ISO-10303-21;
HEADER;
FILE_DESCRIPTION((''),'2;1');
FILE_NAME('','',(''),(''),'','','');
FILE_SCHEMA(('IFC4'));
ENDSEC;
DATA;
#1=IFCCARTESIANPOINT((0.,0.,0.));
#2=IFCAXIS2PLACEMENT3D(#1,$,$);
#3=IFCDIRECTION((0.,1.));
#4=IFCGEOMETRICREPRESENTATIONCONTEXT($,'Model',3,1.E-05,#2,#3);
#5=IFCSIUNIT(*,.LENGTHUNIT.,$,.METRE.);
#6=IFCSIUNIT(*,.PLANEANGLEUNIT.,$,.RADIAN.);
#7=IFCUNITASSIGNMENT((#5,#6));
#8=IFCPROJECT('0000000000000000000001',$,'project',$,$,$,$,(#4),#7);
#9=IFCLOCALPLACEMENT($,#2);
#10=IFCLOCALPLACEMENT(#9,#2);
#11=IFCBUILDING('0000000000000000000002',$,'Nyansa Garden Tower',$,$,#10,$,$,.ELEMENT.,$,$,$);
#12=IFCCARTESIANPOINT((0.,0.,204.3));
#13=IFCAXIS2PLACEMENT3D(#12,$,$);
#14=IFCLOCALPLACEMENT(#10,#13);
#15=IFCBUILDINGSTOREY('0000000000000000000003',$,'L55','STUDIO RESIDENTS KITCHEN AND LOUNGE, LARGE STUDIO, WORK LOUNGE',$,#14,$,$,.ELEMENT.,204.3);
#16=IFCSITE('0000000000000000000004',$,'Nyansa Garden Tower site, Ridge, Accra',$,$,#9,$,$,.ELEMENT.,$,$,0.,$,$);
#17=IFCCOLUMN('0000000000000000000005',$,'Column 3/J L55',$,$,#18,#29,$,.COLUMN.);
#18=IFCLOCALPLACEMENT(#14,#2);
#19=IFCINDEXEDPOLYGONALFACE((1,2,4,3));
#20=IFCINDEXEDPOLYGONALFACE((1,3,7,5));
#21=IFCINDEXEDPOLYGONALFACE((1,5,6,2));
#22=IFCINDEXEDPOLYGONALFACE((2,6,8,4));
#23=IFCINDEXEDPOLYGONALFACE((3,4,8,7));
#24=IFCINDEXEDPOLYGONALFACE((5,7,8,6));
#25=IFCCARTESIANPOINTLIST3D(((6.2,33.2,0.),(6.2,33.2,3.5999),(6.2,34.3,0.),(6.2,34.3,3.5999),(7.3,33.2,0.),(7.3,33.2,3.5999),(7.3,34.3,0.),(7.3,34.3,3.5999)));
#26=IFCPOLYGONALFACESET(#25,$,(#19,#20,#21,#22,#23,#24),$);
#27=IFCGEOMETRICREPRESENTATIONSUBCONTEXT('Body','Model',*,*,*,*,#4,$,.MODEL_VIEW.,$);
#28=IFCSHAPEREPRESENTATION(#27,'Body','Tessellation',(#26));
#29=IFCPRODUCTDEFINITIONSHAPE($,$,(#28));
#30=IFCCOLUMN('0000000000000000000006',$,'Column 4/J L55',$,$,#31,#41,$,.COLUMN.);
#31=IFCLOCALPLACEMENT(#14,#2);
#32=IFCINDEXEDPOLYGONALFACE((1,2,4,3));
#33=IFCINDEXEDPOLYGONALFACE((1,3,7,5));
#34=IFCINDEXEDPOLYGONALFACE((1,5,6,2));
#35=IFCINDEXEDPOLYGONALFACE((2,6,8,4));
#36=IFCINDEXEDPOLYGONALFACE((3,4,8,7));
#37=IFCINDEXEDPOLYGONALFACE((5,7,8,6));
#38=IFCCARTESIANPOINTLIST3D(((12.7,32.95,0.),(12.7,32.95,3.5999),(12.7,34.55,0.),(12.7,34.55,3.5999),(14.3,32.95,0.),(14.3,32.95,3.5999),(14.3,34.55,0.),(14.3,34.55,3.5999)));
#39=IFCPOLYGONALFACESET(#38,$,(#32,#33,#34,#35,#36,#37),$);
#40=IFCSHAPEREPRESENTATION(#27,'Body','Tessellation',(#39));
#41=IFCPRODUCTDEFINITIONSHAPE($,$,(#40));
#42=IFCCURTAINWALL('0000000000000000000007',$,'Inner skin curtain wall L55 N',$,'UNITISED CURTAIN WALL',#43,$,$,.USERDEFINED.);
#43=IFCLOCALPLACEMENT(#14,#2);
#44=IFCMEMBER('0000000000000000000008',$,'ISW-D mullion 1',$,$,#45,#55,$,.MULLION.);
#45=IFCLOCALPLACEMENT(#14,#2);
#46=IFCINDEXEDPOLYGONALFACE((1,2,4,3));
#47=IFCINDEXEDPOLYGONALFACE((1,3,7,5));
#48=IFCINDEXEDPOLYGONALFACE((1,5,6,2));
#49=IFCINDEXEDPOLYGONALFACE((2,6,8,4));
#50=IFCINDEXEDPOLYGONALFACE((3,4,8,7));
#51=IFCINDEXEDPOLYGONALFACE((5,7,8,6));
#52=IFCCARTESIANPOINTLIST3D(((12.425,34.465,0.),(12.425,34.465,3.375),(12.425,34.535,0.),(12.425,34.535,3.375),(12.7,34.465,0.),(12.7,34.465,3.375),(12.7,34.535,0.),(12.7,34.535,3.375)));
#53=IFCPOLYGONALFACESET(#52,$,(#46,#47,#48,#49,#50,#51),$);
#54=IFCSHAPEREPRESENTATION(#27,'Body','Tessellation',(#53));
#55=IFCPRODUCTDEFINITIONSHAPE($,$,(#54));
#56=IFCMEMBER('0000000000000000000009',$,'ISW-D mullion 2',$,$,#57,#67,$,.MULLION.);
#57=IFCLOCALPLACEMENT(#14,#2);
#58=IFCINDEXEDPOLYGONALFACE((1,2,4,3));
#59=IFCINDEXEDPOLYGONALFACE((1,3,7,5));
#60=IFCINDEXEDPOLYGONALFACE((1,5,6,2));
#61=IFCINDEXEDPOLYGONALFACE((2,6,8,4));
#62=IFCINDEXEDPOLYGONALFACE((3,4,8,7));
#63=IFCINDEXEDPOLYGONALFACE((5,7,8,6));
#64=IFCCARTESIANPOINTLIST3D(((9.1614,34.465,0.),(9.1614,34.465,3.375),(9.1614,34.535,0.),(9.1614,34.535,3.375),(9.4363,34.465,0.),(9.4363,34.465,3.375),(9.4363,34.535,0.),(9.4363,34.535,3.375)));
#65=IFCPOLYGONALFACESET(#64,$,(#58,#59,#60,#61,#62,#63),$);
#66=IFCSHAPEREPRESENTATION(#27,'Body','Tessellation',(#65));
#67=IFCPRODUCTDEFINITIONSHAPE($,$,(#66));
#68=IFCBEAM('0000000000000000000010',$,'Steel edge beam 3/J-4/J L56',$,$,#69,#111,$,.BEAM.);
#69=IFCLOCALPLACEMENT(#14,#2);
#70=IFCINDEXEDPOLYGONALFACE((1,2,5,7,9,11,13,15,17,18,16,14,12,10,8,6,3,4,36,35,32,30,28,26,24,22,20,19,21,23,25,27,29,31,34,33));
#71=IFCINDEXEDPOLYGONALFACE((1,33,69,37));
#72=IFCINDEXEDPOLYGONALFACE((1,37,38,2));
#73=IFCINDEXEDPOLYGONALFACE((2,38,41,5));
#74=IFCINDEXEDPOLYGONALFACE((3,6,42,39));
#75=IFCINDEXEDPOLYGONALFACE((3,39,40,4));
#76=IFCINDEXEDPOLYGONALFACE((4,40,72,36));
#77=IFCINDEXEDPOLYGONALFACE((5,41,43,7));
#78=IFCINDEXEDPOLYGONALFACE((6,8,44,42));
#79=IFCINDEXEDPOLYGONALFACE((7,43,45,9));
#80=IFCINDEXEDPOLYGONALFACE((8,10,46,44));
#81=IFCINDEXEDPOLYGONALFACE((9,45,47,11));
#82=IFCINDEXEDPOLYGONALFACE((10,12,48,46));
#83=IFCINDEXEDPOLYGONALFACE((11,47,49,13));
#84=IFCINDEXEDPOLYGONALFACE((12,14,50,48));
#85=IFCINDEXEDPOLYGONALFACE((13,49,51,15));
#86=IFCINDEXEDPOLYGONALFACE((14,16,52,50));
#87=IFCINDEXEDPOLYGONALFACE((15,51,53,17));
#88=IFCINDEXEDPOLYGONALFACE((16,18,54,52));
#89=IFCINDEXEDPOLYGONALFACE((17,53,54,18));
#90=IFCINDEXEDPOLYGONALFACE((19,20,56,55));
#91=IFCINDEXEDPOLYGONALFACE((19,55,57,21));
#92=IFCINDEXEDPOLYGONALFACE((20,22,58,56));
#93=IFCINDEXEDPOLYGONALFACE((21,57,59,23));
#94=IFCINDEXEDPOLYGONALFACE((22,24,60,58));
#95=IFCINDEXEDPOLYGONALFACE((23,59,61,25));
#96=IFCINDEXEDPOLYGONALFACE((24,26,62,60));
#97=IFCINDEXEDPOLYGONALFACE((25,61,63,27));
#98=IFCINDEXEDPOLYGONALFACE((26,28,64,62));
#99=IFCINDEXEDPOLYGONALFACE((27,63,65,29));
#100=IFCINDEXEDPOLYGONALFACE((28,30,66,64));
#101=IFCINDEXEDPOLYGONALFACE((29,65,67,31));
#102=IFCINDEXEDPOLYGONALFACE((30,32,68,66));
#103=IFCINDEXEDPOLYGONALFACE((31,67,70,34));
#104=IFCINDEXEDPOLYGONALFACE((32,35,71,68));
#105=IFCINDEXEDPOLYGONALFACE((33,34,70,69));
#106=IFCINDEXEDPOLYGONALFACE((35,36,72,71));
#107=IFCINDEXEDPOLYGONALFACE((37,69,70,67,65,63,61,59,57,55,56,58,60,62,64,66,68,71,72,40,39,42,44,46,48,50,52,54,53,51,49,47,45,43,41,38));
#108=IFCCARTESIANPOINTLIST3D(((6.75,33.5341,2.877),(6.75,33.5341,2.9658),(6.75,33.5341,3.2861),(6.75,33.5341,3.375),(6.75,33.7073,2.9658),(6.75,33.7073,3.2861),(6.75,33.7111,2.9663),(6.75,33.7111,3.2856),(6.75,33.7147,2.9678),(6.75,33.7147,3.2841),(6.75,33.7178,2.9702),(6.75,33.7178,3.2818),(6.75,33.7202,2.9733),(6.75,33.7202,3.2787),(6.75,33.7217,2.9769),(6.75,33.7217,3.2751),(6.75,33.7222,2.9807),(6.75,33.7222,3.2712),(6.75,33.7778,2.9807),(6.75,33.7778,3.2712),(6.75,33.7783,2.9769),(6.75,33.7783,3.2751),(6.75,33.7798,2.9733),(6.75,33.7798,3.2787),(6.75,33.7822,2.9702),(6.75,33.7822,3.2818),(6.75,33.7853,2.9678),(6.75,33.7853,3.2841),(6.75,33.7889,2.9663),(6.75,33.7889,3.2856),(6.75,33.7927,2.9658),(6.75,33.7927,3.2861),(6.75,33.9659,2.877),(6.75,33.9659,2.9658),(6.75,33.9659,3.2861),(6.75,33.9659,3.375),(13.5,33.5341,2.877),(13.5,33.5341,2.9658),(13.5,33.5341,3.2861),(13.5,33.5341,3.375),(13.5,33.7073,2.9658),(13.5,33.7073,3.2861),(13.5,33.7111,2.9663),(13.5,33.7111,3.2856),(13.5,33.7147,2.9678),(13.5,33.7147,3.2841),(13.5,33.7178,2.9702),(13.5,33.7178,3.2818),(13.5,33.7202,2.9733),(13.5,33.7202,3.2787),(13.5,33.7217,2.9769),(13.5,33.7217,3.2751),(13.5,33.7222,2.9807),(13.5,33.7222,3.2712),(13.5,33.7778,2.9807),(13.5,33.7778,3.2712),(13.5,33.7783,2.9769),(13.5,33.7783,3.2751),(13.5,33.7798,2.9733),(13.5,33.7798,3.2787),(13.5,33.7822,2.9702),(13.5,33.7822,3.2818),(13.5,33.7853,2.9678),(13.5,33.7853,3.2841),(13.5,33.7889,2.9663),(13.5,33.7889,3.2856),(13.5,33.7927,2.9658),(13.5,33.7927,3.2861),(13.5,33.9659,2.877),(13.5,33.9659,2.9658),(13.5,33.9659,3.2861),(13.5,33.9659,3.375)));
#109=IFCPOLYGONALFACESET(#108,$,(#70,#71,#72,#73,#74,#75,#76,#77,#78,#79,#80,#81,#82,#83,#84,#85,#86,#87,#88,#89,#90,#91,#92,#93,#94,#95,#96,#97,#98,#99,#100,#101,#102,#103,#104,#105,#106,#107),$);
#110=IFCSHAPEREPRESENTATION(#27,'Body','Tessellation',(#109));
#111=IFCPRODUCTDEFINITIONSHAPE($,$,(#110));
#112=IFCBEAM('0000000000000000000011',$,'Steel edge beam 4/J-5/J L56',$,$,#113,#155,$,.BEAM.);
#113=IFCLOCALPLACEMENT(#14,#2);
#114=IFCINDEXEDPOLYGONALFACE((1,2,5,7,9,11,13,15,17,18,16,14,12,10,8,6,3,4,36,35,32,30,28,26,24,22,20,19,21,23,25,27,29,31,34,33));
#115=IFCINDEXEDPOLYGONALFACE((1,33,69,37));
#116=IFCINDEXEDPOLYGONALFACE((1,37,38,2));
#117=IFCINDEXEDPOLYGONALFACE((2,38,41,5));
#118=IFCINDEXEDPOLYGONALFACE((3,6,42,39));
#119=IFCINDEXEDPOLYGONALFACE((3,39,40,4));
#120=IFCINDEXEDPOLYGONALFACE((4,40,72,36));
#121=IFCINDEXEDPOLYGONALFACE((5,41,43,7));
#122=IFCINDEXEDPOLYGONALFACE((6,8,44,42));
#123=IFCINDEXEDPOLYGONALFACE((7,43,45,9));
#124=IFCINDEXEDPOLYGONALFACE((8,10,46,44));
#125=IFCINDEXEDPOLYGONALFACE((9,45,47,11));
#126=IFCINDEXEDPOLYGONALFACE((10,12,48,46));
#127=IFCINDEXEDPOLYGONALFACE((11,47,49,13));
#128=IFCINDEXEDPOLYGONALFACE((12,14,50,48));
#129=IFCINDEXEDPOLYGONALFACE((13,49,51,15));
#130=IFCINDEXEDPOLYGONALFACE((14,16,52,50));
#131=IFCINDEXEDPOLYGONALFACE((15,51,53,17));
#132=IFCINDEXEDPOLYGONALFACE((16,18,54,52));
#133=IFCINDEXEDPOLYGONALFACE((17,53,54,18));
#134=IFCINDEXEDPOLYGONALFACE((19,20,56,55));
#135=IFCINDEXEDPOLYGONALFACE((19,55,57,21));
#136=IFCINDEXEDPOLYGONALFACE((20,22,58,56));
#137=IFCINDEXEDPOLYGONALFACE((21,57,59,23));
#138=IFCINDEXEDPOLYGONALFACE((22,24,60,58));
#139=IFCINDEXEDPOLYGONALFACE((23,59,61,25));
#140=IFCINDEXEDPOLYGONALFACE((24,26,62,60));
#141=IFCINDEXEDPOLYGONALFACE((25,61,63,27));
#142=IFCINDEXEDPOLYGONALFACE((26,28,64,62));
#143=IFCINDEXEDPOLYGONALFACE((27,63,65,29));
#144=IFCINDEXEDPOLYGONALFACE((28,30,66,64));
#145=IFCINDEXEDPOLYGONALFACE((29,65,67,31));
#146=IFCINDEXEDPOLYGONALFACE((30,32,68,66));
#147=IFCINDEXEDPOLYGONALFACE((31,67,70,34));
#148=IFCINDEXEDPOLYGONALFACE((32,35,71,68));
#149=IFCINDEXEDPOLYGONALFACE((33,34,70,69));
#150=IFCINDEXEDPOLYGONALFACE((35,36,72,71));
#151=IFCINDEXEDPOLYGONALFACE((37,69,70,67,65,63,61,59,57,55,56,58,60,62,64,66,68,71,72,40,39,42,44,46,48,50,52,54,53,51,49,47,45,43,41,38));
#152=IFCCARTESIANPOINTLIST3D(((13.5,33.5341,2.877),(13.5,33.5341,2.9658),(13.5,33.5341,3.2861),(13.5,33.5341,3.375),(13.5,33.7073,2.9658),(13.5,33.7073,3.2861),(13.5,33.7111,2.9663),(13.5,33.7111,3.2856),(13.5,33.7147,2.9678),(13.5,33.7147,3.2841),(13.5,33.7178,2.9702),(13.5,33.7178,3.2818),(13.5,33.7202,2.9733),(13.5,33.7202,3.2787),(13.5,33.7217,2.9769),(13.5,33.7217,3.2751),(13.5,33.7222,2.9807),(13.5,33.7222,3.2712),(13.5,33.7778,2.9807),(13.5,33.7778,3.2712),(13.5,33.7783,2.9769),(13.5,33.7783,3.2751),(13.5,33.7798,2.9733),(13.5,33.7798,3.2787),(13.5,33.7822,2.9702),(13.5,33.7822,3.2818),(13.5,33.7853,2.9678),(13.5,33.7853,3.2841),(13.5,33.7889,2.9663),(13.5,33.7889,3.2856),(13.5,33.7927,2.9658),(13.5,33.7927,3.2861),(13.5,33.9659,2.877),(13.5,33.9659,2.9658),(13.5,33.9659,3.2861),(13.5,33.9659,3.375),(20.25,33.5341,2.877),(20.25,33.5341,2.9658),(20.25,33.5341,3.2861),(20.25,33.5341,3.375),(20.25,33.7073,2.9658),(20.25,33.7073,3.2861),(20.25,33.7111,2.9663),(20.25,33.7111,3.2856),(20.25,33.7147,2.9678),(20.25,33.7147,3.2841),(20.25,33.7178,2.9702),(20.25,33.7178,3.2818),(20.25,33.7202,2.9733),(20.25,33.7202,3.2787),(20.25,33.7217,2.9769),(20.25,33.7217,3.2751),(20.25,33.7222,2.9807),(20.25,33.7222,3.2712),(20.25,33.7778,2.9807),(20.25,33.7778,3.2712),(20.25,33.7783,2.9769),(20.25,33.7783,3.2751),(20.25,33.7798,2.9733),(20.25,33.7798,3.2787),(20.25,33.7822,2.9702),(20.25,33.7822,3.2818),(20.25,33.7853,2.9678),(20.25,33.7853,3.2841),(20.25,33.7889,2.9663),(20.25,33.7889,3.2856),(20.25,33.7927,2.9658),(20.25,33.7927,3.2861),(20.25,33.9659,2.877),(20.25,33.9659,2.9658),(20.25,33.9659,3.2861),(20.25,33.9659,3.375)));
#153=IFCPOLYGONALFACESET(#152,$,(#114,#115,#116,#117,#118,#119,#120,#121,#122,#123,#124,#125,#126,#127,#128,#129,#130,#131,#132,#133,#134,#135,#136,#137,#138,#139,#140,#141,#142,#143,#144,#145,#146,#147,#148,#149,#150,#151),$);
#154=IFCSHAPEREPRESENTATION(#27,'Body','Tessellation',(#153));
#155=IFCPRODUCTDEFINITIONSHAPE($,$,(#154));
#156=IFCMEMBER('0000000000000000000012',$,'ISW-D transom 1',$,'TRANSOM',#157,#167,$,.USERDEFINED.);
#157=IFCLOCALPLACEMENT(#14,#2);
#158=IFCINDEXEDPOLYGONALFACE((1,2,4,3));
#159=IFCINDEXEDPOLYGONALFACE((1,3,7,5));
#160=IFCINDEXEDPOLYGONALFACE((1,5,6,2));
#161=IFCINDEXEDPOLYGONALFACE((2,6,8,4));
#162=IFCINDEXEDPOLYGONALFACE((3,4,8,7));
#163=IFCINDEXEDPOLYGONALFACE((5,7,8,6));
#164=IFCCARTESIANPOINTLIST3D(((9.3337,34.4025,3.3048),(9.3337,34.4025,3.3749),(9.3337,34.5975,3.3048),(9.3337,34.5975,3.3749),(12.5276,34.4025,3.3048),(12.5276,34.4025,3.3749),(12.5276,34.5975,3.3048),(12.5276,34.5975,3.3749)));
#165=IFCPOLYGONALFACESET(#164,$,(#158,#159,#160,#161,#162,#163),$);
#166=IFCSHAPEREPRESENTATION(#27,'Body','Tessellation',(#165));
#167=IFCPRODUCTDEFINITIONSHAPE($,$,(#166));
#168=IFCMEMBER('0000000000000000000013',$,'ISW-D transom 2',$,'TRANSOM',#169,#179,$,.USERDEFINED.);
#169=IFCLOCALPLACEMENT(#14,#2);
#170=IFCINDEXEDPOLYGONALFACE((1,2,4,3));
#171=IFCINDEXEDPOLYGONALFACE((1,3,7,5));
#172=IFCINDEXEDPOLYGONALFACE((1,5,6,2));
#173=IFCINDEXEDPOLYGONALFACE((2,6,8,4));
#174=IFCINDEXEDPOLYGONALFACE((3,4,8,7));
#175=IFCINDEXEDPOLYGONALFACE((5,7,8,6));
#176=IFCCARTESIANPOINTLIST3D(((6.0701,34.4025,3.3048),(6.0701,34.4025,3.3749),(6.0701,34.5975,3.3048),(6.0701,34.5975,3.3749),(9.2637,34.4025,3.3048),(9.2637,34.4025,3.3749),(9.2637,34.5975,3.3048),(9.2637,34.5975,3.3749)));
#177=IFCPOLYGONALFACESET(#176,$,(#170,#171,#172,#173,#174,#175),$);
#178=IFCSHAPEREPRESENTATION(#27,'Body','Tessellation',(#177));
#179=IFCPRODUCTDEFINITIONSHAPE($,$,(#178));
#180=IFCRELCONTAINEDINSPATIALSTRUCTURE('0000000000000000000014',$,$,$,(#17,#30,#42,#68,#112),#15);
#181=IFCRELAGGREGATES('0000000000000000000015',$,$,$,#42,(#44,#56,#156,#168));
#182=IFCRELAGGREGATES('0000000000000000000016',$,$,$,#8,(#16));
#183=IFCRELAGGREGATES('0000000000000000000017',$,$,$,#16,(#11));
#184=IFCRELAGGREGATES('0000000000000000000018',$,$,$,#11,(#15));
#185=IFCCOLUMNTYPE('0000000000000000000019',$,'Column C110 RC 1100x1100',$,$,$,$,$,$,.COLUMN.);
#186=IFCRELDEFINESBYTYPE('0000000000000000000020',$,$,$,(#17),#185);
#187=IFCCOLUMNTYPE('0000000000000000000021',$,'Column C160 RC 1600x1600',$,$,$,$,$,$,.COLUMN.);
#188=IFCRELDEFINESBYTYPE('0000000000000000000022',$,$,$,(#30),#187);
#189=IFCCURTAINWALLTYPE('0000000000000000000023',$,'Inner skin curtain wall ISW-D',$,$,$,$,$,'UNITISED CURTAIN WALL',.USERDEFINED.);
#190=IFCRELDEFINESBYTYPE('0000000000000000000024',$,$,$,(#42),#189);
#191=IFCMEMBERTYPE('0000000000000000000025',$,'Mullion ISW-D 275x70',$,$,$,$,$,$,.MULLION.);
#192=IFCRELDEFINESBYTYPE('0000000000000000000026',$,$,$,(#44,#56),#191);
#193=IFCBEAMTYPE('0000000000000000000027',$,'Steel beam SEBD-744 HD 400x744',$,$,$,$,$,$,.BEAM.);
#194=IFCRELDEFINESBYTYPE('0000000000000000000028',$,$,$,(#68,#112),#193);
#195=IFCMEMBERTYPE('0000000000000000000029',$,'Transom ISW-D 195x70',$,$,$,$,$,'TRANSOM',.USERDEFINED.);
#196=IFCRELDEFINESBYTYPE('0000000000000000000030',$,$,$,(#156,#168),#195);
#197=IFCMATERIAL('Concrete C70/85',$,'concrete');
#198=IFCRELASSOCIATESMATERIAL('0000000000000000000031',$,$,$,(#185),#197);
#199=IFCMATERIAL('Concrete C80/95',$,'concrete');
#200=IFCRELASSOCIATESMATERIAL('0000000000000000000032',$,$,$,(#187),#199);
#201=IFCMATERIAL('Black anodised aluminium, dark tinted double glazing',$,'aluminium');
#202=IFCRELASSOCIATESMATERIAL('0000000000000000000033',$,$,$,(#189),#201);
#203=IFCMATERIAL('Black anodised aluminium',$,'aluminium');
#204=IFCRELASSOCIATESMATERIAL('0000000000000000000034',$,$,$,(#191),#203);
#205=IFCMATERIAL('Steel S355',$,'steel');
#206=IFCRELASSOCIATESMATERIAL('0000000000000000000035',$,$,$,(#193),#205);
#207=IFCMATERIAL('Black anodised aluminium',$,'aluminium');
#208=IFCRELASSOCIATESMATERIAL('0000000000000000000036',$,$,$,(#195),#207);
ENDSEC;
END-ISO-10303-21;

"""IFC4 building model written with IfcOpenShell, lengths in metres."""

from ifc_helpers import new_model, si_unit, direction, frame, origin, origin_2d, place, context, subcontext, project, spatial, rectangle, i_section, extrude, material, material_profile, profile_set, type_object, element, aggregate, save


model = new_model("IFC4")

# Units and contexts
model_context = context("Model", 3, precision=1e-05, world=origin(), true_north=direction((0.0, 1.0)))
body_context = subcontext(model_context, "Body", "Model", "MODEL_VIEW")
ifc_project = project(units=[si_unit("LENGTHUNIT", "METRE"), si_unit("PLANEANGLEUNIT", "RADIAN")], contexts=[model_context])

# Site, building, storey
site_placement = place(None, origin())
site = spatial("IfcSite", under=ifc_project, at=site_placement, Name="Nyansa Garden Tower site, Ridge, Accra", CompositionType="ELEMENT", RefElevation=0.0)
building_placement = place(site_placement, origin())
building = spatial("IfcBuilding", under=site, at=building_placement, Name="Nyansa Garden Tower", CompositionType="ELEMENT")
storey_placement = place(building_placement, frame((0.0, 0.0, 204.3)))
storey = spatial("IfcBuildingStorey", under=building, at=storey_placement, Name="L55", Description="STUDIO RESIDENTS KITCHEN AND LOUNGE, LARGE STUDIO, WORK LOUNGE", CompositionType="ELEMENT", Elevation=204.3)

# Columns
ifc_material_1 = material(Name="Concrete C70/85", Category="concrete")
ifc_material_profile_1 = material_profile(ifc_material_1, rectangle(XDim=1.1001, YDim=1.1001, at=origin_2d()), Name="RC 1100x1100")
ifc_profile_set_1 = profile_set([ifc_material_profile_1], Name="Concrete C70/85")
column_type_1 = type_object("IfcColumnType", Name="Column C110 RC 1100x1100", PredefinedType="COLUMN", material=ifc_profile_set_1)
column_1_placement = place(storey_placement, frame((6.75, 33.75, 0.0), z_axis=(0.0, 0.0, 1.0), x_axis=(1.0, 0.0, 0.0)))
element("IfcColumn", 1, at=column_1_placement, inside=storey, type_object=column_type_1, Name="Column 3/J L55", PredefinedType="COLUMN", context=body_context, shape_type="SweptSolid", body=[
    extrude(rectangle(XDim=1.1001, YDim=1.1001, at=origin_2d()), origin(), (0.0, 0.0, 1.0), 3.5999),
])
ifc_material_2 = material(Name="Concrete C80/95", Category="concrete")
ifc_material_profile_2 = material_profile(ifc_material_2, rectangle(XDim=1.6001, YDim=1.6001, at=origin_2d()), Name="RC 1600x1600")
ifc_profile_set_2 = profile_set([ifc_material_profile_2], Name="Concrete C80/95")
column_type_2 = type_object("IfcColumnType", Name="Column C160 RC 1600x1600", PredefinedType="COLUMN", material=ifc_profile_set_2)
column_2_placement = place(storey_placement, frame((13.5, 33.75, 0.0), z_axis=(0.0, 0.0, 1.0), x_axis=(1.0, 0.0, 0.0)))
element("IfcColumn", 2, at=column_2_placement, inside=storey, type_object=column_type_2, Name="Column 4/J L55", PredefinedType="COLUMN", context=body_context, shape_type="SweptSolid", body=[
    extrude(rectangle(XDim=1.6001, YDim=1.6001, at=origin_2d()), origin(), (0.0, 0.0, 1.0), 3.5999),
])

# Curtain wall, members
ifc_material_3 = material(Name="Black anodised aluminium, dark tinted double glazing", Category="aluminium")
curtain_wall_type = type_object("IfcCurtainWallType", Name="Inner skin curtain wall ISW-D", ElementType="UNITISED CURTAIN WALL", PredefinedType="USERDEFINED", material=ifc_material_3)
curtain_wall_placement = place(storey_placement, origin())
curtain_wall = element("IfcCurtainWall", 3, at=curtain_wall_placement, inside=storey, type_object=curtain_wall_type, Name="Inner skin curtain wall L55 N", ObjectType="UNITISED CURTAIN WALL", PredefinedType="USERDEFINED")
ifc_material_4 = material(Name="Black anodised aluminium", Category="aluminium")
ifc_material_profile_3 = material_profile(ifc_material_4, rectangle(XDim=0.0701, YDim=0.2749, at=origin_2d()), Name="Mullion 275x70")
ifc_profile_set_3 = profile_set([ifc_material_profile_3], Name="Black anodised aluminium")
member_type_1 = type_object("IfcMemberType", Name="Mullion ISW-D 275x70", PredefinedType="MULLION", material=ifc_profile_set_3)
member_1_placement = place(storey_placement, frame((12.5625, 34.5, 0.0), z_axis=(0.0, 0.0, 1.0), x_axis=(0.0, -1.0, 0.0)))
member_1 = element("IfcMember", 4, at=member_1_placement, type_object=member_type_1, Name="ISW-D mullion 1", PredefinedType="MULLION", context=body_context, shape_type="SweptSolid", body=[
    extrude(rectangle(XDim=0.0701, YDim=0.2749, at=origin_2d()), origin(), (0.0, 0.0, 1.0), 3.375),
])
member_2_placement = place(storey_placement, frame((9.2988, 34.5, 0.0), z_axis=(0.0, 0.0, 1.0), x_axis=(0.0, -1.0, 0.0)))
member_2 = element("IfcMember", 5, at=member_2_placement, type_object=member_type_1, Name="ISW-D mullion 2", PredefinedType="MULLION", context=body_context, shape_type="SweptSolid", body=[
    extrude(rectangle(XDim=0.0701, YDim=0.2749, at=origin_2d()), origin(), (0.0, 0.0, 1.0), 3.375),
])

# Beams
ifc_material_5 = material(Name="Steel S355", Category="steel")
ifc_material_profile_4 = material_profile(ifc_material_5, i_section(OverallWidth=0.4319, OverallDepth=0.498, WebThickness=0.0557, FlangeThickness=0.0889, FilletRadius=0.0149, at=origin_2d()), Name="HD 400x744")
ifc_profile_set_4 = profile_set([ifc_material_profile_4], Name="Steel S355")
beam_type = type_object("IfcBeamType", Name="Steel beam SEBD-744 HD 400x744", PredefinedType="BEAM", material=ifc_profile_set_4)
for number, where, z_axis, x_axis, name in (
    (6, (6.75, 33.75, 3.126), (1.0, 0.0, 0.0), (0.0, 1.0, 0.0), "Steel edge beam 3/J-4/J L56"),
    (7, (13.5, 33.75, 3.126), (1.0, 0.0, 0.0), (0.0, 1.0, 0.0), "Steel edge beam 4/J-5/J L56"),
):
    element("IfcBeam", number, at=place(storey_placement, frame(where, z_axis=z_axis, x_axis=x_axis)), inside=storey, type_object=beam_type, Name=name, PredefinedType="BEAM", context=body_context, shape_type="SweptSolid", body=[
        extrude(i_section(OverallWidth=0.4319, OverallDepth=0.498, WebThickness=0.0557, FlangeThickness=0.0889, FilletRadius=0.0149, at=origin_2d()), origin(), (0.0, 0.0, 1.0), 6.75),
    ])

# Members
ifc_material_6 = material(Name="Black anodised aluminium", Category="aluminium")
ifc_material_profile_5 = material_profile(ifc_material_6, rectangle(XDim=0.1951, YDim=0.0701, at=origin_2d()), Name="Transom 195x70")
ifc_profile_set_5 = profile_set([ifc_material_profile_5], Name="Black anodised aluminium")
member_type_2 = type_object("IfcMemberType", Name="Transom ISW-D 195x70", ElementType="TRANSOM", PredefinedType="USERDEFINED", material=ifc_profile_set_5)
member_3_placement = place(storey_placement, frame((12.5276, 34.5, 3.3398), z_axis=(-1.0, 0.0, 0.0), x_axis=(0.0, -1.0, 0.0)))
member_3 = element("IfcMember", 8, at=member_3_placement, type_object=member_type_2, Name="ISW-D transom 1", ObjectType="TRANSOM", PredefinedType="USERDEFINED", context=body_context, shape_type="SweptSolid", body=[
    extrude(rectangle(XDim=0.1951, YDim=0.0701, at=origin_2d()), origin(), (0.0, 0.0, 1.0), 3.1938),
])
member_4_placement = place(storey_placement, frame((9.2637, 34.5, 3.3398), z_axis=(-1.0, 0.0, 0.0), x_axis=(0.0, -1.0, 0.0)))
member_4 = element("IfcMember", 9, at=member_4_placement, type_object=member_type_2, Name="ISW-D transom 2", ObjectType="TRANSOM", PredefinedType="USERDEFINED", context=body_context, shape_type="SweptSolid", body=[
    extrude(rectangle(XDim=0.1951, YDim=0.0701, at=origin_2d()), origin(), (0.0, 0.0, 1.0), 3.1936),
])

aggregate(curtain_wall, [member_1, member_2, member_3, member_4])

save(model, "model.ifc")
